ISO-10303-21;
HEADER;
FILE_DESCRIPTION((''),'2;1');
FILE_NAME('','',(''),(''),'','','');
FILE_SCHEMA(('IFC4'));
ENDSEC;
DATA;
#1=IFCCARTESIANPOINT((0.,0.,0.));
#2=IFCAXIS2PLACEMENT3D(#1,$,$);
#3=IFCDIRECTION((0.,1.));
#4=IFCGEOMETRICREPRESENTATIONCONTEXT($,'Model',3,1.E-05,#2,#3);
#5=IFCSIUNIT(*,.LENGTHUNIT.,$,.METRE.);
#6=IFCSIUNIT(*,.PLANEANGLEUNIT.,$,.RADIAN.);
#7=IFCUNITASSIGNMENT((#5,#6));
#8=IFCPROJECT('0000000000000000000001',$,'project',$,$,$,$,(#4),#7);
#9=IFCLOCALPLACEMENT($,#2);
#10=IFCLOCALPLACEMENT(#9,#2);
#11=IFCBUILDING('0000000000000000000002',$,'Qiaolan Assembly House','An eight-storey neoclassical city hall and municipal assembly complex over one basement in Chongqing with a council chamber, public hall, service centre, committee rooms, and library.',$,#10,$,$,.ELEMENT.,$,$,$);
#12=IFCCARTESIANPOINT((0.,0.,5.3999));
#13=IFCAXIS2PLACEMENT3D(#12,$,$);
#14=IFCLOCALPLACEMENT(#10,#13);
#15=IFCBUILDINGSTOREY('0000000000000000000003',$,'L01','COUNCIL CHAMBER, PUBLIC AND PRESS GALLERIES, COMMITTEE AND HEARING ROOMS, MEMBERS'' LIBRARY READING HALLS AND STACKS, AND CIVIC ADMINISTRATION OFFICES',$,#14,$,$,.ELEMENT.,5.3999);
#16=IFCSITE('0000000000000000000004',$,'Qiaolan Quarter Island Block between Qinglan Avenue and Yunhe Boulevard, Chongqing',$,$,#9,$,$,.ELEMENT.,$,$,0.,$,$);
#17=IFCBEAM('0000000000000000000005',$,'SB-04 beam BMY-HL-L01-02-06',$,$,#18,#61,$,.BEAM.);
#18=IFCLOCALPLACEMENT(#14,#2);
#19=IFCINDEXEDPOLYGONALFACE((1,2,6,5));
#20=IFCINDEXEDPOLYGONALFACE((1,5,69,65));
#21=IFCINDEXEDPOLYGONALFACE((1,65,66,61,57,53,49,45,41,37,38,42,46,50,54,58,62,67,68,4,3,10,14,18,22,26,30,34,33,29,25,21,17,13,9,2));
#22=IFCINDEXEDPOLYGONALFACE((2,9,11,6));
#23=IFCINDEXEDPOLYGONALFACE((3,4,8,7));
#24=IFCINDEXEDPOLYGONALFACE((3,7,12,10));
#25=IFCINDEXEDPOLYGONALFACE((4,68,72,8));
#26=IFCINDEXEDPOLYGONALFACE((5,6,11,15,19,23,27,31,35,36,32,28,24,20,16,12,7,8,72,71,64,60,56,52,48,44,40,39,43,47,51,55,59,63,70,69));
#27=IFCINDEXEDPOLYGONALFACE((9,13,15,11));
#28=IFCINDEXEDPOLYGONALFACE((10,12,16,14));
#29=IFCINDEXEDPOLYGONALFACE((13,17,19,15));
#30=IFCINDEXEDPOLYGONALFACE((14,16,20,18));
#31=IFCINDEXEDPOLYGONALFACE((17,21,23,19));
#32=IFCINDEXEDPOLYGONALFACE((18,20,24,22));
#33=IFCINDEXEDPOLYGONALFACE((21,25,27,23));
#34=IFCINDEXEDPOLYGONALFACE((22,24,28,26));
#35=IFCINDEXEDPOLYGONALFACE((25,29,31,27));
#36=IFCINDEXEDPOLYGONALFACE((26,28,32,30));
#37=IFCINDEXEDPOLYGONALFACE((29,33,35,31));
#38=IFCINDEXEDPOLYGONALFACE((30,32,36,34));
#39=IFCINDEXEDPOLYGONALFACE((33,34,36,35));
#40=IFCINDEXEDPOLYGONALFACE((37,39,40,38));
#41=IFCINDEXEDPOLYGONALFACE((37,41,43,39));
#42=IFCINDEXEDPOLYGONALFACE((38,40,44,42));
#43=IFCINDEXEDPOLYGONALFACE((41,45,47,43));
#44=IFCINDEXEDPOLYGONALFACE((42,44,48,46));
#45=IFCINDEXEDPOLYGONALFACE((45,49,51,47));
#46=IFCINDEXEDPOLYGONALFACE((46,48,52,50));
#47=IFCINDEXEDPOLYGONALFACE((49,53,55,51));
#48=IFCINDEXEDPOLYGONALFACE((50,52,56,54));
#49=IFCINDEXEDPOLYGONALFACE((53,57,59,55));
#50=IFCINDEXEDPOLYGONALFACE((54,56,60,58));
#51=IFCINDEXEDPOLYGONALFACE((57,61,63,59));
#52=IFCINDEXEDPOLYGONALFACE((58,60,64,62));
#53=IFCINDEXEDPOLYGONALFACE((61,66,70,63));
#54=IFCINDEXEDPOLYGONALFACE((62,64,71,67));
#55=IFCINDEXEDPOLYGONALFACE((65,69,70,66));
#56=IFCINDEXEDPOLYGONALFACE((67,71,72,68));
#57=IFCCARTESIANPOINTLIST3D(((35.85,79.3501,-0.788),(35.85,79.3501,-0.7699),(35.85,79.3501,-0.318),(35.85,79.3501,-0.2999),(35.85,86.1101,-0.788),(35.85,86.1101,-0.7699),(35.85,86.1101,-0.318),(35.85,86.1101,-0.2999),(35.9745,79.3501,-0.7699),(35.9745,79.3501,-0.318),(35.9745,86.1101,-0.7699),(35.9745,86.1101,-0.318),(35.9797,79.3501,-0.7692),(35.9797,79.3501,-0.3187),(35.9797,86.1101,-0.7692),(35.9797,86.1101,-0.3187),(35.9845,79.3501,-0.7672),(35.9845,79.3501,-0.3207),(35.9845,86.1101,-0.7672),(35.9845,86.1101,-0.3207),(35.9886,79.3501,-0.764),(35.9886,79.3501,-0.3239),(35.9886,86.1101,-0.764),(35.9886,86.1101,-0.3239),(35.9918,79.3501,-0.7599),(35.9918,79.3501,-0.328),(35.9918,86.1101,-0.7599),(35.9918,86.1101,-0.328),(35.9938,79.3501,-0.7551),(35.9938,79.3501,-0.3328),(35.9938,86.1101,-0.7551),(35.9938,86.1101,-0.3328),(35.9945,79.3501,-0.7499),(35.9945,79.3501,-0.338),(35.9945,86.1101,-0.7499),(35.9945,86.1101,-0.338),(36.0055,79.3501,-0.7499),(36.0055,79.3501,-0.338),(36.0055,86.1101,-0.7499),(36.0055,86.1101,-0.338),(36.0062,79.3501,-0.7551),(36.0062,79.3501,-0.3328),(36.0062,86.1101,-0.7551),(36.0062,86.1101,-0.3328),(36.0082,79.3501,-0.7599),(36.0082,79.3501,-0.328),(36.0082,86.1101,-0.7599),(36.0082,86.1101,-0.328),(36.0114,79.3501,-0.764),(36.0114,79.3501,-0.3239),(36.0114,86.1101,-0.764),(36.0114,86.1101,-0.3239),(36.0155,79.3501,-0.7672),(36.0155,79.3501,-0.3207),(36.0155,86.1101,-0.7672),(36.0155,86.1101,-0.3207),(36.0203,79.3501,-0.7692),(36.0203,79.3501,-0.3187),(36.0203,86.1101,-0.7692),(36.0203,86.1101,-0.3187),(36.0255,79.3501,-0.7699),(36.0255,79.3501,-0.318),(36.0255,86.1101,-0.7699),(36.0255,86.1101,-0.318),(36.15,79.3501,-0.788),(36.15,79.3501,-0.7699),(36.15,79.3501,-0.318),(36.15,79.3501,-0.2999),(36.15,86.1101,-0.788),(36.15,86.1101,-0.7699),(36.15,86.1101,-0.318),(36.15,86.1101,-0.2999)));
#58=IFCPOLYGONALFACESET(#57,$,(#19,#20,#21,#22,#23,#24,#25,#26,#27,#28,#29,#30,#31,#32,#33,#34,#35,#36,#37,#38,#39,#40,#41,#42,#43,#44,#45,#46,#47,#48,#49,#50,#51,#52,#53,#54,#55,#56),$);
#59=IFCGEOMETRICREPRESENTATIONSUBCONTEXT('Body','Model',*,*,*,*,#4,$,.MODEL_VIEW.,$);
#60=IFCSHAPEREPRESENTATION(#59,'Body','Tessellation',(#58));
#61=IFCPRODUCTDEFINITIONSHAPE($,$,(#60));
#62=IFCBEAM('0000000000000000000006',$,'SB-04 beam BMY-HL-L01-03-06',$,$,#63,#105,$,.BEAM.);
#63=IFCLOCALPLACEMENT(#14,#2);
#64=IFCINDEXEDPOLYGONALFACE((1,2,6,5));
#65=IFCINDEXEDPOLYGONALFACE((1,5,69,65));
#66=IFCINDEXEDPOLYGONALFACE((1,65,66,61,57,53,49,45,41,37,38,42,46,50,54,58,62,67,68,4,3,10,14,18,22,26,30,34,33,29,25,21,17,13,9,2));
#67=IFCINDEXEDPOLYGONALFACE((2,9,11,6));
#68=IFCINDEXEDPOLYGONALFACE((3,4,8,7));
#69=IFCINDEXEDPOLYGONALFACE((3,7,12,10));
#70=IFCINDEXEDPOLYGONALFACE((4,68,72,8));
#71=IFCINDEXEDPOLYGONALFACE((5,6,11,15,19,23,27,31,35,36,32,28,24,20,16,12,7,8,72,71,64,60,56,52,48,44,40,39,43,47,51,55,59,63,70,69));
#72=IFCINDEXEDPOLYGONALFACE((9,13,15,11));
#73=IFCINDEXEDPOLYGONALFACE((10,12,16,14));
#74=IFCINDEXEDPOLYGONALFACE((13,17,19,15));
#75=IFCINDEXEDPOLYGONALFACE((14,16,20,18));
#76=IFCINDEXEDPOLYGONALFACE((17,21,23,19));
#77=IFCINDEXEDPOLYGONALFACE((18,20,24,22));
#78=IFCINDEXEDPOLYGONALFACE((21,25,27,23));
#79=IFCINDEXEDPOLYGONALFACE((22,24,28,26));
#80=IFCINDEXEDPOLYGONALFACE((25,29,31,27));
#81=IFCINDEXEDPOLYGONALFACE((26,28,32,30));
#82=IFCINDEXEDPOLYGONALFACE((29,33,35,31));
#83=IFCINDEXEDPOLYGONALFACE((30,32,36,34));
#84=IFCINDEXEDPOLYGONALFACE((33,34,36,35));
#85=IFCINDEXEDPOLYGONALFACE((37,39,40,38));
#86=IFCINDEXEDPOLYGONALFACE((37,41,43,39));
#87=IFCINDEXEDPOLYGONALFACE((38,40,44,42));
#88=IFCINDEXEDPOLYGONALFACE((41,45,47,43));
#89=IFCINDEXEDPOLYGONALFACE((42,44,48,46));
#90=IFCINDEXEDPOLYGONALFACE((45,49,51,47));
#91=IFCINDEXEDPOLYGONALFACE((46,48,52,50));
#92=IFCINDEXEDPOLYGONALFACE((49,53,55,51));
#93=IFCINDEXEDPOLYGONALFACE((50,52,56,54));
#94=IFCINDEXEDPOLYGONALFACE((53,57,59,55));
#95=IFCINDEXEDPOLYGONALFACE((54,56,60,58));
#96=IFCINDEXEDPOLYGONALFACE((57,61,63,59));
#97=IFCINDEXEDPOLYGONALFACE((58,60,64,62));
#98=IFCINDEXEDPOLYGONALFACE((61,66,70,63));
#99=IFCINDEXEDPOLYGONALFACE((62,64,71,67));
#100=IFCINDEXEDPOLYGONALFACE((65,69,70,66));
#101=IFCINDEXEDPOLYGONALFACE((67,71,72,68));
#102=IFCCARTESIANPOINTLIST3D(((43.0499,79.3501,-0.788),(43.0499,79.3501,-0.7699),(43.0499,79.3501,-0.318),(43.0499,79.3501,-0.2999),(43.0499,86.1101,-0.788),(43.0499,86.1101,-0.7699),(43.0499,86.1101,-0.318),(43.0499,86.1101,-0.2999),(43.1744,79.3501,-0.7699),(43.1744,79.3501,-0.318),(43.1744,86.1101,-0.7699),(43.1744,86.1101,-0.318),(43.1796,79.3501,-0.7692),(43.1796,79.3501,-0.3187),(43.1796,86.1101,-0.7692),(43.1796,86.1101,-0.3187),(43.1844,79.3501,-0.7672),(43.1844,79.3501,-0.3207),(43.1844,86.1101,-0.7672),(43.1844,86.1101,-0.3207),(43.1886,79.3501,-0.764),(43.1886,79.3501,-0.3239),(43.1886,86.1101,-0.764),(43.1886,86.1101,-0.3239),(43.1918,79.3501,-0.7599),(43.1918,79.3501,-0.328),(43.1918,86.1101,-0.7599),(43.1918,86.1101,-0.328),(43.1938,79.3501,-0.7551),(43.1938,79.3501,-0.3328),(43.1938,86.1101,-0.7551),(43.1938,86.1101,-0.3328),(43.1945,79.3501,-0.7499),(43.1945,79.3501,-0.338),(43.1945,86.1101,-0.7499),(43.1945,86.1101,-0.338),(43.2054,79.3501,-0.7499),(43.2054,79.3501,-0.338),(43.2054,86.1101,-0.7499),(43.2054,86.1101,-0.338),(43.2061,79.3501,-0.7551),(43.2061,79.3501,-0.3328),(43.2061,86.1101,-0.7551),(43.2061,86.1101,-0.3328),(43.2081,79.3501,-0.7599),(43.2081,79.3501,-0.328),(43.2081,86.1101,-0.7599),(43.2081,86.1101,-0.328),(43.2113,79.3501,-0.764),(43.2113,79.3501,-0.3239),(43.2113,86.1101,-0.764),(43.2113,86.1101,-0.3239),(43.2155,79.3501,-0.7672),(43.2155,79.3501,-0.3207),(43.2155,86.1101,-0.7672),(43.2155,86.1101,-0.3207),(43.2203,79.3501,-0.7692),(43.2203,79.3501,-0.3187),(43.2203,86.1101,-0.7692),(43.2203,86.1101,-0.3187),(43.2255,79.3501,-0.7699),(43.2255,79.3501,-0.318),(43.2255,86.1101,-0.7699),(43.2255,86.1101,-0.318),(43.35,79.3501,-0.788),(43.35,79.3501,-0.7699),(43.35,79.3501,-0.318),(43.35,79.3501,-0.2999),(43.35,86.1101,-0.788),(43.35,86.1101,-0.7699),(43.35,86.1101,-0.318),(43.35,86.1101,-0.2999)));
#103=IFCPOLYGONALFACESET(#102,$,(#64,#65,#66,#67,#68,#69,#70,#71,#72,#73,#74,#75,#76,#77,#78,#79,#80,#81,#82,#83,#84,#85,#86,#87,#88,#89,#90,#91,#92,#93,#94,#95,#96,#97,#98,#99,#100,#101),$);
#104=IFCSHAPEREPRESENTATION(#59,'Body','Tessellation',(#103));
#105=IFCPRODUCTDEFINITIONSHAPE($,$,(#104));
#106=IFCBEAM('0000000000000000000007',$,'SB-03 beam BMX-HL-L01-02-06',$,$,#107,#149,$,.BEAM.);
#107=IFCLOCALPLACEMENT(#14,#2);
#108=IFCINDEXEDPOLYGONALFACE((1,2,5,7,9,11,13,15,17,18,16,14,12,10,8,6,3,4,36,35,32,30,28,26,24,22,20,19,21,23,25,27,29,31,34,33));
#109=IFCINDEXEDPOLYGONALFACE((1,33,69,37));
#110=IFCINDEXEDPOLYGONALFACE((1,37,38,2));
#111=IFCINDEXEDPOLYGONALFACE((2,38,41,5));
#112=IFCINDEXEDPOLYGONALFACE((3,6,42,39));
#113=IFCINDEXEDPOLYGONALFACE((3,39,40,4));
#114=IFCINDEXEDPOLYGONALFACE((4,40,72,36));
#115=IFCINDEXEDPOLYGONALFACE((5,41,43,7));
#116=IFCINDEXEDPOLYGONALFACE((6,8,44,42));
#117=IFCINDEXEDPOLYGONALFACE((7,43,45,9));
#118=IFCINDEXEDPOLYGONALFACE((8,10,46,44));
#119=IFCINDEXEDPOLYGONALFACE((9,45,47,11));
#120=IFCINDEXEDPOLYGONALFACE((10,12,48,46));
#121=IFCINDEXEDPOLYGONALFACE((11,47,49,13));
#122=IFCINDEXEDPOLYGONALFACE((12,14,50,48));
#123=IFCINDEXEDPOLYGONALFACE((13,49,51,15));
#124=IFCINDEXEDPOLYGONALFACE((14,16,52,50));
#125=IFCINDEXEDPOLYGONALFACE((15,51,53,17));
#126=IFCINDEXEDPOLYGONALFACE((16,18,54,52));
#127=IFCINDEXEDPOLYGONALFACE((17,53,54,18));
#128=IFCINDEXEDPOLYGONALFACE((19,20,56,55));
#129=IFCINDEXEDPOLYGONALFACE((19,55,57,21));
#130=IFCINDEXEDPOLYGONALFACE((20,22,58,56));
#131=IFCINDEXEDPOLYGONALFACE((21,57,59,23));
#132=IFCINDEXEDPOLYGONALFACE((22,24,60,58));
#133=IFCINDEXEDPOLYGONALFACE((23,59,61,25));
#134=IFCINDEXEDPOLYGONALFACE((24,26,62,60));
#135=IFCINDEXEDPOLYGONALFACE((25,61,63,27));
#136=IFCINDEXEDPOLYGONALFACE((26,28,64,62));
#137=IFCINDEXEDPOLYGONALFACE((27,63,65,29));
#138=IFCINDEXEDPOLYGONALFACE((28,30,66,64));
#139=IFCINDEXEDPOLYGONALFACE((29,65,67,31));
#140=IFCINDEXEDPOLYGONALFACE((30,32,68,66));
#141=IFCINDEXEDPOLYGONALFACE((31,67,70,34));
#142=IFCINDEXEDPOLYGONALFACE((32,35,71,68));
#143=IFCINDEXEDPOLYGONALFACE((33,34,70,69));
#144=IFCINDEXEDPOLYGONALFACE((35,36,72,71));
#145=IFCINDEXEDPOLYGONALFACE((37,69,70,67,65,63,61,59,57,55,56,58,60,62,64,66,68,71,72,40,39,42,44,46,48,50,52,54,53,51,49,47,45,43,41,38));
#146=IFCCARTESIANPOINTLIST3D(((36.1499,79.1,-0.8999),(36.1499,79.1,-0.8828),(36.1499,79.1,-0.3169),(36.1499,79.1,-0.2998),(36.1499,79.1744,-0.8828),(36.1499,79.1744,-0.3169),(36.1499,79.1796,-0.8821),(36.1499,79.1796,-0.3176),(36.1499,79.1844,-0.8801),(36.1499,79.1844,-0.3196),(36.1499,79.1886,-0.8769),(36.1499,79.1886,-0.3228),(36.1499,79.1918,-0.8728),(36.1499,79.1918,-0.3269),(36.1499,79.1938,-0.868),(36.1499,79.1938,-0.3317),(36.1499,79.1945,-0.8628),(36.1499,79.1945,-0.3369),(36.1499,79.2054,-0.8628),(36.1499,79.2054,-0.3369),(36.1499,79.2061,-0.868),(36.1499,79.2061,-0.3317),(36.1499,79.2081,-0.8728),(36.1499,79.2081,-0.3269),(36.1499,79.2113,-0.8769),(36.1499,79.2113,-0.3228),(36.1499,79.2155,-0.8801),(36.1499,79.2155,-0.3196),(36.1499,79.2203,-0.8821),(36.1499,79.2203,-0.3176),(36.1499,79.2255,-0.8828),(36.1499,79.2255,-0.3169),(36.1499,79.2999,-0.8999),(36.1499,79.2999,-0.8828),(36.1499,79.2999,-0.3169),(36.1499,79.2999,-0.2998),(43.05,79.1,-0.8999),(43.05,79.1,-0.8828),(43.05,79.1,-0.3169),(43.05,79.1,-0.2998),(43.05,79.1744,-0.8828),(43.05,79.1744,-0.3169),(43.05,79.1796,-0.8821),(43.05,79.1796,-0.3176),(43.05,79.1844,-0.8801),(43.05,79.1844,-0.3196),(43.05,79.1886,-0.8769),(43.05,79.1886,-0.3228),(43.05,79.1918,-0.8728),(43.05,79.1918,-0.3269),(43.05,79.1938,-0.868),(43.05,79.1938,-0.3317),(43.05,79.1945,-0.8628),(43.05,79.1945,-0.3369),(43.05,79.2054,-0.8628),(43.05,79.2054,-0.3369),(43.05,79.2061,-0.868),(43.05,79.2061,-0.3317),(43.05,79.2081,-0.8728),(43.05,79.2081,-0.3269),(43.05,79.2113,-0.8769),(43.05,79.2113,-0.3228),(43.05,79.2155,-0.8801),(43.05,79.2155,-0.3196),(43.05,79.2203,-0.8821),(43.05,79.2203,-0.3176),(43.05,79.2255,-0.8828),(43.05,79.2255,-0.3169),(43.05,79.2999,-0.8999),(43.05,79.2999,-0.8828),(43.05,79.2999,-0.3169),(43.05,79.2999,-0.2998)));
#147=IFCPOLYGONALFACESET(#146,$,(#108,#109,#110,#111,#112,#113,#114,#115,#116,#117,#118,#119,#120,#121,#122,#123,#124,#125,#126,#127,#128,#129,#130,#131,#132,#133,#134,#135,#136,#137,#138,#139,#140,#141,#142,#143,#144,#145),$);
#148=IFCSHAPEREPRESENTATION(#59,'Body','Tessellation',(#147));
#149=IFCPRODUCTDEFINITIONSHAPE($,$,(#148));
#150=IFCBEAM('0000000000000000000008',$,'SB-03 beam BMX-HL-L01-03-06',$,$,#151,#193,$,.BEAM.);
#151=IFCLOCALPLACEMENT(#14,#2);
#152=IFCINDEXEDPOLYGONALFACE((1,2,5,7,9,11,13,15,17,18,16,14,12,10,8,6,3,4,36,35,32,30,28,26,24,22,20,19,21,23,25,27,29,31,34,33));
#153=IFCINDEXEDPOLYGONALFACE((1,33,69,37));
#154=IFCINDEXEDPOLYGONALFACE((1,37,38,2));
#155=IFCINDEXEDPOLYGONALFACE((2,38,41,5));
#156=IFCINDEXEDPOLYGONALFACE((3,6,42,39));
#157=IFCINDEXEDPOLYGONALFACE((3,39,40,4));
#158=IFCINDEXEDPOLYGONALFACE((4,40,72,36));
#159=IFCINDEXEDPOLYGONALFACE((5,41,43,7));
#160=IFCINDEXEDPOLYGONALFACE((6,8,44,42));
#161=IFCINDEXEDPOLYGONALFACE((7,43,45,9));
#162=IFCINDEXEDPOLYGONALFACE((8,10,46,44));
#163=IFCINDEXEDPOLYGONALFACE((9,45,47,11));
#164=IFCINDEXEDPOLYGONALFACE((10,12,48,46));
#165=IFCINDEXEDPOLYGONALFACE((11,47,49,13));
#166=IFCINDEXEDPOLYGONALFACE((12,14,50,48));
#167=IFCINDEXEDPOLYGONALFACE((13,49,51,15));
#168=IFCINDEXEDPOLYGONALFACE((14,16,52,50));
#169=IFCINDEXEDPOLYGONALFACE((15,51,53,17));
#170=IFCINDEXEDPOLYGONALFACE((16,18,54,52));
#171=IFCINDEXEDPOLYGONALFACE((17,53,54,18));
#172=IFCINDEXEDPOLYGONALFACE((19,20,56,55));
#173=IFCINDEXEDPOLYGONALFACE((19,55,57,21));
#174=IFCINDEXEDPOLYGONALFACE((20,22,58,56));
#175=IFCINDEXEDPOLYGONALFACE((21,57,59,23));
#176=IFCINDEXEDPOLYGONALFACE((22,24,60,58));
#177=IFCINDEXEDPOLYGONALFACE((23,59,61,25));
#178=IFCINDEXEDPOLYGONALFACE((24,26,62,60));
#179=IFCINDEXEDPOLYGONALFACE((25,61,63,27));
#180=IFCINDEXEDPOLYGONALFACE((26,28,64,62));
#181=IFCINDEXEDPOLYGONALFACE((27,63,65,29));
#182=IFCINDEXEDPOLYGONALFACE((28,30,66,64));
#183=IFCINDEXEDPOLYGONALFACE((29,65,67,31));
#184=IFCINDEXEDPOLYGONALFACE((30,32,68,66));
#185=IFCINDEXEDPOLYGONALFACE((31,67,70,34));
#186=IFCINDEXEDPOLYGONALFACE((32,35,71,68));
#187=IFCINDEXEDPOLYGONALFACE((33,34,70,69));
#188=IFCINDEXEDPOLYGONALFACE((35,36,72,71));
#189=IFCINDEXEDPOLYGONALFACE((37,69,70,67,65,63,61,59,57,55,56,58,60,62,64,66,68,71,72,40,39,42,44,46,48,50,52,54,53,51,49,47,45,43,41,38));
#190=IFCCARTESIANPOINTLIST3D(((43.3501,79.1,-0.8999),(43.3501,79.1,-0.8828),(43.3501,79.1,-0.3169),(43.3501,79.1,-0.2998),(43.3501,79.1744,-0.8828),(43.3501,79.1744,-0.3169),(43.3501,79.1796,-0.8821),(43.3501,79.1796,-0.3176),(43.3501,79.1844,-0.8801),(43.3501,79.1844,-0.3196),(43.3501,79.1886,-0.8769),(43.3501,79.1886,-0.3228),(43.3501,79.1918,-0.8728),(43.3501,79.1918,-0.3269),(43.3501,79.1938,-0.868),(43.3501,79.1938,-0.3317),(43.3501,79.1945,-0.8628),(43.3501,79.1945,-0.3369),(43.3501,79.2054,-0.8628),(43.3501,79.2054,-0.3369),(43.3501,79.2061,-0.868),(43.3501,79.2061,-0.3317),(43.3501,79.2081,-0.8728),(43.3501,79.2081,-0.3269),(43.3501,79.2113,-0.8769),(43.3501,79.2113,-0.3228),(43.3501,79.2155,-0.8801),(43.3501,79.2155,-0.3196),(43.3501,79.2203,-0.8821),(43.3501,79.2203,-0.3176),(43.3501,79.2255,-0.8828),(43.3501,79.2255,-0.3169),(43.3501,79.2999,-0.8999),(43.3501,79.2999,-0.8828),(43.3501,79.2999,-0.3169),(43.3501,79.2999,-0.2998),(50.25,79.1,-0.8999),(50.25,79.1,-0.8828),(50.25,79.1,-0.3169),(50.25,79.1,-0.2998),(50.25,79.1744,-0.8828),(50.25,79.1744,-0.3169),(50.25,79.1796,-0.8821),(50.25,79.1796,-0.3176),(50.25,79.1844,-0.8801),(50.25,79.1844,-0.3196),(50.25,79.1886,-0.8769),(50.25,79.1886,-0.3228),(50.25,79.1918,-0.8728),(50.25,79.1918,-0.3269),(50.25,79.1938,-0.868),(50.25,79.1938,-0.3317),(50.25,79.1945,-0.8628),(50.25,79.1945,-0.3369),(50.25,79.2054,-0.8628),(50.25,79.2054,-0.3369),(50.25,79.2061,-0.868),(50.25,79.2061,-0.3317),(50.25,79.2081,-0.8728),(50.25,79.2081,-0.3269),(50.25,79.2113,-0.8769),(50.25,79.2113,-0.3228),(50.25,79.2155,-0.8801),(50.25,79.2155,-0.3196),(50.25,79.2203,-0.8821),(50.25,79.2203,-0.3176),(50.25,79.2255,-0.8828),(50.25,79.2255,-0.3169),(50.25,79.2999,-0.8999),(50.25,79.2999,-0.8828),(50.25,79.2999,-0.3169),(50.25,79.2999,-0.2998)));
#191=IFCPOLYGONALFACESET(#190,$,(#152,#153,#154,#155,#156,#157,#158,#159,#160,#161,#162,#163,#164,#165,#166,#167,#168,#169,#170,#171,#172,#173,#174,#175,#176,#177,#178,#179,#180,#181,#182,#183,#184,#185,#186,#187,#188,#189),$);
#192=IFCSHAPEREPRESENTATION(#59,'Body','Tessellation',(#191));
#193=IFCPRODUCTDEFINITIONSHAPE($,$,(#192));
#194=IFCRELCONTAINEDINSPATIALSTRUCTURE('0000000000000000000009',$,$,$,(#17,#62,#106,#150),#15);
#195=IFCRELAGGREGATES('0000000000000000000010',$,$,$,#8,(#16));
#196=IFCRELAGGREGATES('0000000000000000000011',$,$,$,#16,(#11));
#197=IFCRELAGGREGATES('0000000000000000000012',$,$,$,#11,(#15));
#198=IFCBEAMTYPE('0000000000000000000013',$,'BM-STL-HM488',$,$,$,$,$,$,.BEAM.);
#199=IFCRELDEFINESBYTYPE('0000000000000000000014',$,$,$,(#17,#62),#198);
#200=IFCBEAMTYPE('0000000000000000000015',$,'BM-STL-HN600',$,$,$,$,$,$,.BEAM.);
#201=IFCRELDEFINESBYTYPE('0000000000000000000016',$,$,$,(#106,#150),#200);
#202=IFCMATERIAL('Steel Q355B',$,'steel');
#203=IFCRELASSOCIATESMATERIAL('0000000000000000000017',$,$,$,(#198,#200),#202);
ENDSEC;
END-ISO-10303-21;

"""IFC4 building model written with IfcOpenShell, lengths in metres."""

from ifc_helpers import new_model, si_unit, direction, frame, origin, origin_2d, place, context, subcontext, project, spatial, i_section, extrude, material, material_profile, profile_set, type_object, element, save


model = new_model("IFC4")

# Units and contexts
model_context = context("Model", 3, precision=1e-05, world=origin(), true_north=direction((0.0, 1.0)))
body_context = subcontext(model_context, "Body", "Model", "MODEL_VIEW")
ifc_project = project(units=[si_unit("LENGTHUNIT", "METRE"), si_unit("PLANEANGLEUNIT", "RADIAN")], contexts=[model_context])

# Site, building, storey
site_placement = place(None, origin())
site = spatial("IfcSite", under=ifc_project, at=site_placement, Name="Qiaolan Quarter Island Block between Qinglan Avenue and Yunhe Boulevard, Chongqing", CompositionType="ELEMENT", RefElevation=0.0)
building_placement = place(site_placement, origin())
building = spatial("IfcBuilding", under=site, at=building_placement, Name="Qiaolan Assembly House", Description="An eight-storey neoclassical city hall and municipal assembly complex over one basement in Chongqing with a council chamber, public hall, service centre, committee rooms, and library.", CompositionType="ELEMENT")
storey_placement = place(building_placement, frame((0.0, 0.0, 5.3999)))
storey = spatial("IfcBuildingStorey", under=building, at=storey_placement, Name="L01", Description="COUNCIL CHAMBER, PUBLIC AND PRESS GALLERIES, COMMITTEE AND HEARING ROOMS, MEMBERS' LIBRARY READING HALLS AND STACKS, AND CIVIC ADMINISTRATION OFFICES", CompositionType="ELEMENT", Elevation=5.3999)

# Shared definitions
ifc_material_1 = material(Name="Steel Q355B", Category="steel")

# Beams
ifc_material_profile_1 = material_profile(ifc_material_1, i_section(OverallWidth=0.3, OverallDepth=0.488, WebThickness=0.011, FlangeThickness=0.0181, FilletRadius=0.02, at=origin_2d()), Name="HM 488x300x11x18")
ifc_profile_set_1 = profile_set([ifc_material_profile_1], Name="Steel Q355B")
beam_type_1 = type_object("IfcBeamType", Name="BM-STL-HM488", PredefinedType="BEAM", material=ifc_profile_set_1)
for number, where, z_axis, x_axis, name in (
    (1, (36.0, 79.3501, -0.5439), (0.0, 1.0, 0.0), (-1.0, 0.0, 0.0), "SB-04 beam BMY-HL-L01-02-06"),
    (2, (43.2, 79.3501, -0.5439), (0.0, 1.0, 0.0), (-1.0, 0.0, 0.0), "SB-04 beam BMY-HL-L01-03-06"),
):
    element("IfcBeam", number, at=place(storey_placement, frame(where, z_axis=z_axis, x_axis=x_axis)), inside=storey, type_object=beam_type_1, Name=name, PredefinedType="BEAM", context=body_context, shape_type="SweptSolid", body=[
        extrude(i_section(OverallWidth=0.3, OverallDepth=0.488, WebThickness=0.011, FlangeThickness=0.0181, FilletRadius=0.02, at=origin_2d()), origin(), (0.0, 0.0, 1.0), 6.76),
    ])
ifc_material_profile_2 = material_profile(ifc_material_1, i_section(OverallWidth=0.2, OverallDepth=0.6001, WebThickness=0.011, FlangeThickness=0.0171, FilletRadius=0.02, at=origin_2d()), Name="HN 600x200x11x17")
ifc_profile_set_2 = profile_set([ifc_material_profile_2], Name="Steel Q355B")
beam_type_2 = type_object("IfcBeamType", Name="BM-STL-HN600", PredefinedType="BEAM", material=ifc_profile_set_2)
beam_1_placement = place(storey_placement, frame((36.1499, 79.2, -0.5999), z_axis=(1.0, 0.0, 0.0), x_axis=(0.0, 1.0, 0.0)))
element("IfcBeam", 3, at=beam_1_placement, inside=storey, type_object=beam_type_2, Name="SB-03 beam BMX-HL-L01-02-06", PredefinedType="BEAM", context=body_context, shape_type="SweptSolid", body=[
    extrude(i_section(OverallWidth=0.2, OverallDepth=0.6001, WebThickness=0.011, FlangeThickness=0.0171, FilletRadius=0.02, at=origin_2d()), origin(), (0.0, 0.0, 1.0), 6.9001),
])
beam_2_placement = place(storey_placement, frame((43.3501, 79.2, -0.5999), z_axis=(1.0, 0.0, 0.0), x_axis=(0.0, 1.0, 0.0)))
element("IfcBeam", 4, at=beam_2_placement, inside=storey, type_object=beam_type_2, Name="SB-03 beam BMX-HL-L01-03-06", PredefinedType="BEAM", context=body_context, shape_type="SweptSolid", body=[
    extrude(i_section(OverallWidth=0.2, OverallDepth=0.6001, WebThickness=0.011, FlangeThickness=0.0171, FilletRadius=0.02, at=origin_2d()), origin(), (0.0, 0.0, 1.0), 6.8999),
])

save(model, "model.ifc")
